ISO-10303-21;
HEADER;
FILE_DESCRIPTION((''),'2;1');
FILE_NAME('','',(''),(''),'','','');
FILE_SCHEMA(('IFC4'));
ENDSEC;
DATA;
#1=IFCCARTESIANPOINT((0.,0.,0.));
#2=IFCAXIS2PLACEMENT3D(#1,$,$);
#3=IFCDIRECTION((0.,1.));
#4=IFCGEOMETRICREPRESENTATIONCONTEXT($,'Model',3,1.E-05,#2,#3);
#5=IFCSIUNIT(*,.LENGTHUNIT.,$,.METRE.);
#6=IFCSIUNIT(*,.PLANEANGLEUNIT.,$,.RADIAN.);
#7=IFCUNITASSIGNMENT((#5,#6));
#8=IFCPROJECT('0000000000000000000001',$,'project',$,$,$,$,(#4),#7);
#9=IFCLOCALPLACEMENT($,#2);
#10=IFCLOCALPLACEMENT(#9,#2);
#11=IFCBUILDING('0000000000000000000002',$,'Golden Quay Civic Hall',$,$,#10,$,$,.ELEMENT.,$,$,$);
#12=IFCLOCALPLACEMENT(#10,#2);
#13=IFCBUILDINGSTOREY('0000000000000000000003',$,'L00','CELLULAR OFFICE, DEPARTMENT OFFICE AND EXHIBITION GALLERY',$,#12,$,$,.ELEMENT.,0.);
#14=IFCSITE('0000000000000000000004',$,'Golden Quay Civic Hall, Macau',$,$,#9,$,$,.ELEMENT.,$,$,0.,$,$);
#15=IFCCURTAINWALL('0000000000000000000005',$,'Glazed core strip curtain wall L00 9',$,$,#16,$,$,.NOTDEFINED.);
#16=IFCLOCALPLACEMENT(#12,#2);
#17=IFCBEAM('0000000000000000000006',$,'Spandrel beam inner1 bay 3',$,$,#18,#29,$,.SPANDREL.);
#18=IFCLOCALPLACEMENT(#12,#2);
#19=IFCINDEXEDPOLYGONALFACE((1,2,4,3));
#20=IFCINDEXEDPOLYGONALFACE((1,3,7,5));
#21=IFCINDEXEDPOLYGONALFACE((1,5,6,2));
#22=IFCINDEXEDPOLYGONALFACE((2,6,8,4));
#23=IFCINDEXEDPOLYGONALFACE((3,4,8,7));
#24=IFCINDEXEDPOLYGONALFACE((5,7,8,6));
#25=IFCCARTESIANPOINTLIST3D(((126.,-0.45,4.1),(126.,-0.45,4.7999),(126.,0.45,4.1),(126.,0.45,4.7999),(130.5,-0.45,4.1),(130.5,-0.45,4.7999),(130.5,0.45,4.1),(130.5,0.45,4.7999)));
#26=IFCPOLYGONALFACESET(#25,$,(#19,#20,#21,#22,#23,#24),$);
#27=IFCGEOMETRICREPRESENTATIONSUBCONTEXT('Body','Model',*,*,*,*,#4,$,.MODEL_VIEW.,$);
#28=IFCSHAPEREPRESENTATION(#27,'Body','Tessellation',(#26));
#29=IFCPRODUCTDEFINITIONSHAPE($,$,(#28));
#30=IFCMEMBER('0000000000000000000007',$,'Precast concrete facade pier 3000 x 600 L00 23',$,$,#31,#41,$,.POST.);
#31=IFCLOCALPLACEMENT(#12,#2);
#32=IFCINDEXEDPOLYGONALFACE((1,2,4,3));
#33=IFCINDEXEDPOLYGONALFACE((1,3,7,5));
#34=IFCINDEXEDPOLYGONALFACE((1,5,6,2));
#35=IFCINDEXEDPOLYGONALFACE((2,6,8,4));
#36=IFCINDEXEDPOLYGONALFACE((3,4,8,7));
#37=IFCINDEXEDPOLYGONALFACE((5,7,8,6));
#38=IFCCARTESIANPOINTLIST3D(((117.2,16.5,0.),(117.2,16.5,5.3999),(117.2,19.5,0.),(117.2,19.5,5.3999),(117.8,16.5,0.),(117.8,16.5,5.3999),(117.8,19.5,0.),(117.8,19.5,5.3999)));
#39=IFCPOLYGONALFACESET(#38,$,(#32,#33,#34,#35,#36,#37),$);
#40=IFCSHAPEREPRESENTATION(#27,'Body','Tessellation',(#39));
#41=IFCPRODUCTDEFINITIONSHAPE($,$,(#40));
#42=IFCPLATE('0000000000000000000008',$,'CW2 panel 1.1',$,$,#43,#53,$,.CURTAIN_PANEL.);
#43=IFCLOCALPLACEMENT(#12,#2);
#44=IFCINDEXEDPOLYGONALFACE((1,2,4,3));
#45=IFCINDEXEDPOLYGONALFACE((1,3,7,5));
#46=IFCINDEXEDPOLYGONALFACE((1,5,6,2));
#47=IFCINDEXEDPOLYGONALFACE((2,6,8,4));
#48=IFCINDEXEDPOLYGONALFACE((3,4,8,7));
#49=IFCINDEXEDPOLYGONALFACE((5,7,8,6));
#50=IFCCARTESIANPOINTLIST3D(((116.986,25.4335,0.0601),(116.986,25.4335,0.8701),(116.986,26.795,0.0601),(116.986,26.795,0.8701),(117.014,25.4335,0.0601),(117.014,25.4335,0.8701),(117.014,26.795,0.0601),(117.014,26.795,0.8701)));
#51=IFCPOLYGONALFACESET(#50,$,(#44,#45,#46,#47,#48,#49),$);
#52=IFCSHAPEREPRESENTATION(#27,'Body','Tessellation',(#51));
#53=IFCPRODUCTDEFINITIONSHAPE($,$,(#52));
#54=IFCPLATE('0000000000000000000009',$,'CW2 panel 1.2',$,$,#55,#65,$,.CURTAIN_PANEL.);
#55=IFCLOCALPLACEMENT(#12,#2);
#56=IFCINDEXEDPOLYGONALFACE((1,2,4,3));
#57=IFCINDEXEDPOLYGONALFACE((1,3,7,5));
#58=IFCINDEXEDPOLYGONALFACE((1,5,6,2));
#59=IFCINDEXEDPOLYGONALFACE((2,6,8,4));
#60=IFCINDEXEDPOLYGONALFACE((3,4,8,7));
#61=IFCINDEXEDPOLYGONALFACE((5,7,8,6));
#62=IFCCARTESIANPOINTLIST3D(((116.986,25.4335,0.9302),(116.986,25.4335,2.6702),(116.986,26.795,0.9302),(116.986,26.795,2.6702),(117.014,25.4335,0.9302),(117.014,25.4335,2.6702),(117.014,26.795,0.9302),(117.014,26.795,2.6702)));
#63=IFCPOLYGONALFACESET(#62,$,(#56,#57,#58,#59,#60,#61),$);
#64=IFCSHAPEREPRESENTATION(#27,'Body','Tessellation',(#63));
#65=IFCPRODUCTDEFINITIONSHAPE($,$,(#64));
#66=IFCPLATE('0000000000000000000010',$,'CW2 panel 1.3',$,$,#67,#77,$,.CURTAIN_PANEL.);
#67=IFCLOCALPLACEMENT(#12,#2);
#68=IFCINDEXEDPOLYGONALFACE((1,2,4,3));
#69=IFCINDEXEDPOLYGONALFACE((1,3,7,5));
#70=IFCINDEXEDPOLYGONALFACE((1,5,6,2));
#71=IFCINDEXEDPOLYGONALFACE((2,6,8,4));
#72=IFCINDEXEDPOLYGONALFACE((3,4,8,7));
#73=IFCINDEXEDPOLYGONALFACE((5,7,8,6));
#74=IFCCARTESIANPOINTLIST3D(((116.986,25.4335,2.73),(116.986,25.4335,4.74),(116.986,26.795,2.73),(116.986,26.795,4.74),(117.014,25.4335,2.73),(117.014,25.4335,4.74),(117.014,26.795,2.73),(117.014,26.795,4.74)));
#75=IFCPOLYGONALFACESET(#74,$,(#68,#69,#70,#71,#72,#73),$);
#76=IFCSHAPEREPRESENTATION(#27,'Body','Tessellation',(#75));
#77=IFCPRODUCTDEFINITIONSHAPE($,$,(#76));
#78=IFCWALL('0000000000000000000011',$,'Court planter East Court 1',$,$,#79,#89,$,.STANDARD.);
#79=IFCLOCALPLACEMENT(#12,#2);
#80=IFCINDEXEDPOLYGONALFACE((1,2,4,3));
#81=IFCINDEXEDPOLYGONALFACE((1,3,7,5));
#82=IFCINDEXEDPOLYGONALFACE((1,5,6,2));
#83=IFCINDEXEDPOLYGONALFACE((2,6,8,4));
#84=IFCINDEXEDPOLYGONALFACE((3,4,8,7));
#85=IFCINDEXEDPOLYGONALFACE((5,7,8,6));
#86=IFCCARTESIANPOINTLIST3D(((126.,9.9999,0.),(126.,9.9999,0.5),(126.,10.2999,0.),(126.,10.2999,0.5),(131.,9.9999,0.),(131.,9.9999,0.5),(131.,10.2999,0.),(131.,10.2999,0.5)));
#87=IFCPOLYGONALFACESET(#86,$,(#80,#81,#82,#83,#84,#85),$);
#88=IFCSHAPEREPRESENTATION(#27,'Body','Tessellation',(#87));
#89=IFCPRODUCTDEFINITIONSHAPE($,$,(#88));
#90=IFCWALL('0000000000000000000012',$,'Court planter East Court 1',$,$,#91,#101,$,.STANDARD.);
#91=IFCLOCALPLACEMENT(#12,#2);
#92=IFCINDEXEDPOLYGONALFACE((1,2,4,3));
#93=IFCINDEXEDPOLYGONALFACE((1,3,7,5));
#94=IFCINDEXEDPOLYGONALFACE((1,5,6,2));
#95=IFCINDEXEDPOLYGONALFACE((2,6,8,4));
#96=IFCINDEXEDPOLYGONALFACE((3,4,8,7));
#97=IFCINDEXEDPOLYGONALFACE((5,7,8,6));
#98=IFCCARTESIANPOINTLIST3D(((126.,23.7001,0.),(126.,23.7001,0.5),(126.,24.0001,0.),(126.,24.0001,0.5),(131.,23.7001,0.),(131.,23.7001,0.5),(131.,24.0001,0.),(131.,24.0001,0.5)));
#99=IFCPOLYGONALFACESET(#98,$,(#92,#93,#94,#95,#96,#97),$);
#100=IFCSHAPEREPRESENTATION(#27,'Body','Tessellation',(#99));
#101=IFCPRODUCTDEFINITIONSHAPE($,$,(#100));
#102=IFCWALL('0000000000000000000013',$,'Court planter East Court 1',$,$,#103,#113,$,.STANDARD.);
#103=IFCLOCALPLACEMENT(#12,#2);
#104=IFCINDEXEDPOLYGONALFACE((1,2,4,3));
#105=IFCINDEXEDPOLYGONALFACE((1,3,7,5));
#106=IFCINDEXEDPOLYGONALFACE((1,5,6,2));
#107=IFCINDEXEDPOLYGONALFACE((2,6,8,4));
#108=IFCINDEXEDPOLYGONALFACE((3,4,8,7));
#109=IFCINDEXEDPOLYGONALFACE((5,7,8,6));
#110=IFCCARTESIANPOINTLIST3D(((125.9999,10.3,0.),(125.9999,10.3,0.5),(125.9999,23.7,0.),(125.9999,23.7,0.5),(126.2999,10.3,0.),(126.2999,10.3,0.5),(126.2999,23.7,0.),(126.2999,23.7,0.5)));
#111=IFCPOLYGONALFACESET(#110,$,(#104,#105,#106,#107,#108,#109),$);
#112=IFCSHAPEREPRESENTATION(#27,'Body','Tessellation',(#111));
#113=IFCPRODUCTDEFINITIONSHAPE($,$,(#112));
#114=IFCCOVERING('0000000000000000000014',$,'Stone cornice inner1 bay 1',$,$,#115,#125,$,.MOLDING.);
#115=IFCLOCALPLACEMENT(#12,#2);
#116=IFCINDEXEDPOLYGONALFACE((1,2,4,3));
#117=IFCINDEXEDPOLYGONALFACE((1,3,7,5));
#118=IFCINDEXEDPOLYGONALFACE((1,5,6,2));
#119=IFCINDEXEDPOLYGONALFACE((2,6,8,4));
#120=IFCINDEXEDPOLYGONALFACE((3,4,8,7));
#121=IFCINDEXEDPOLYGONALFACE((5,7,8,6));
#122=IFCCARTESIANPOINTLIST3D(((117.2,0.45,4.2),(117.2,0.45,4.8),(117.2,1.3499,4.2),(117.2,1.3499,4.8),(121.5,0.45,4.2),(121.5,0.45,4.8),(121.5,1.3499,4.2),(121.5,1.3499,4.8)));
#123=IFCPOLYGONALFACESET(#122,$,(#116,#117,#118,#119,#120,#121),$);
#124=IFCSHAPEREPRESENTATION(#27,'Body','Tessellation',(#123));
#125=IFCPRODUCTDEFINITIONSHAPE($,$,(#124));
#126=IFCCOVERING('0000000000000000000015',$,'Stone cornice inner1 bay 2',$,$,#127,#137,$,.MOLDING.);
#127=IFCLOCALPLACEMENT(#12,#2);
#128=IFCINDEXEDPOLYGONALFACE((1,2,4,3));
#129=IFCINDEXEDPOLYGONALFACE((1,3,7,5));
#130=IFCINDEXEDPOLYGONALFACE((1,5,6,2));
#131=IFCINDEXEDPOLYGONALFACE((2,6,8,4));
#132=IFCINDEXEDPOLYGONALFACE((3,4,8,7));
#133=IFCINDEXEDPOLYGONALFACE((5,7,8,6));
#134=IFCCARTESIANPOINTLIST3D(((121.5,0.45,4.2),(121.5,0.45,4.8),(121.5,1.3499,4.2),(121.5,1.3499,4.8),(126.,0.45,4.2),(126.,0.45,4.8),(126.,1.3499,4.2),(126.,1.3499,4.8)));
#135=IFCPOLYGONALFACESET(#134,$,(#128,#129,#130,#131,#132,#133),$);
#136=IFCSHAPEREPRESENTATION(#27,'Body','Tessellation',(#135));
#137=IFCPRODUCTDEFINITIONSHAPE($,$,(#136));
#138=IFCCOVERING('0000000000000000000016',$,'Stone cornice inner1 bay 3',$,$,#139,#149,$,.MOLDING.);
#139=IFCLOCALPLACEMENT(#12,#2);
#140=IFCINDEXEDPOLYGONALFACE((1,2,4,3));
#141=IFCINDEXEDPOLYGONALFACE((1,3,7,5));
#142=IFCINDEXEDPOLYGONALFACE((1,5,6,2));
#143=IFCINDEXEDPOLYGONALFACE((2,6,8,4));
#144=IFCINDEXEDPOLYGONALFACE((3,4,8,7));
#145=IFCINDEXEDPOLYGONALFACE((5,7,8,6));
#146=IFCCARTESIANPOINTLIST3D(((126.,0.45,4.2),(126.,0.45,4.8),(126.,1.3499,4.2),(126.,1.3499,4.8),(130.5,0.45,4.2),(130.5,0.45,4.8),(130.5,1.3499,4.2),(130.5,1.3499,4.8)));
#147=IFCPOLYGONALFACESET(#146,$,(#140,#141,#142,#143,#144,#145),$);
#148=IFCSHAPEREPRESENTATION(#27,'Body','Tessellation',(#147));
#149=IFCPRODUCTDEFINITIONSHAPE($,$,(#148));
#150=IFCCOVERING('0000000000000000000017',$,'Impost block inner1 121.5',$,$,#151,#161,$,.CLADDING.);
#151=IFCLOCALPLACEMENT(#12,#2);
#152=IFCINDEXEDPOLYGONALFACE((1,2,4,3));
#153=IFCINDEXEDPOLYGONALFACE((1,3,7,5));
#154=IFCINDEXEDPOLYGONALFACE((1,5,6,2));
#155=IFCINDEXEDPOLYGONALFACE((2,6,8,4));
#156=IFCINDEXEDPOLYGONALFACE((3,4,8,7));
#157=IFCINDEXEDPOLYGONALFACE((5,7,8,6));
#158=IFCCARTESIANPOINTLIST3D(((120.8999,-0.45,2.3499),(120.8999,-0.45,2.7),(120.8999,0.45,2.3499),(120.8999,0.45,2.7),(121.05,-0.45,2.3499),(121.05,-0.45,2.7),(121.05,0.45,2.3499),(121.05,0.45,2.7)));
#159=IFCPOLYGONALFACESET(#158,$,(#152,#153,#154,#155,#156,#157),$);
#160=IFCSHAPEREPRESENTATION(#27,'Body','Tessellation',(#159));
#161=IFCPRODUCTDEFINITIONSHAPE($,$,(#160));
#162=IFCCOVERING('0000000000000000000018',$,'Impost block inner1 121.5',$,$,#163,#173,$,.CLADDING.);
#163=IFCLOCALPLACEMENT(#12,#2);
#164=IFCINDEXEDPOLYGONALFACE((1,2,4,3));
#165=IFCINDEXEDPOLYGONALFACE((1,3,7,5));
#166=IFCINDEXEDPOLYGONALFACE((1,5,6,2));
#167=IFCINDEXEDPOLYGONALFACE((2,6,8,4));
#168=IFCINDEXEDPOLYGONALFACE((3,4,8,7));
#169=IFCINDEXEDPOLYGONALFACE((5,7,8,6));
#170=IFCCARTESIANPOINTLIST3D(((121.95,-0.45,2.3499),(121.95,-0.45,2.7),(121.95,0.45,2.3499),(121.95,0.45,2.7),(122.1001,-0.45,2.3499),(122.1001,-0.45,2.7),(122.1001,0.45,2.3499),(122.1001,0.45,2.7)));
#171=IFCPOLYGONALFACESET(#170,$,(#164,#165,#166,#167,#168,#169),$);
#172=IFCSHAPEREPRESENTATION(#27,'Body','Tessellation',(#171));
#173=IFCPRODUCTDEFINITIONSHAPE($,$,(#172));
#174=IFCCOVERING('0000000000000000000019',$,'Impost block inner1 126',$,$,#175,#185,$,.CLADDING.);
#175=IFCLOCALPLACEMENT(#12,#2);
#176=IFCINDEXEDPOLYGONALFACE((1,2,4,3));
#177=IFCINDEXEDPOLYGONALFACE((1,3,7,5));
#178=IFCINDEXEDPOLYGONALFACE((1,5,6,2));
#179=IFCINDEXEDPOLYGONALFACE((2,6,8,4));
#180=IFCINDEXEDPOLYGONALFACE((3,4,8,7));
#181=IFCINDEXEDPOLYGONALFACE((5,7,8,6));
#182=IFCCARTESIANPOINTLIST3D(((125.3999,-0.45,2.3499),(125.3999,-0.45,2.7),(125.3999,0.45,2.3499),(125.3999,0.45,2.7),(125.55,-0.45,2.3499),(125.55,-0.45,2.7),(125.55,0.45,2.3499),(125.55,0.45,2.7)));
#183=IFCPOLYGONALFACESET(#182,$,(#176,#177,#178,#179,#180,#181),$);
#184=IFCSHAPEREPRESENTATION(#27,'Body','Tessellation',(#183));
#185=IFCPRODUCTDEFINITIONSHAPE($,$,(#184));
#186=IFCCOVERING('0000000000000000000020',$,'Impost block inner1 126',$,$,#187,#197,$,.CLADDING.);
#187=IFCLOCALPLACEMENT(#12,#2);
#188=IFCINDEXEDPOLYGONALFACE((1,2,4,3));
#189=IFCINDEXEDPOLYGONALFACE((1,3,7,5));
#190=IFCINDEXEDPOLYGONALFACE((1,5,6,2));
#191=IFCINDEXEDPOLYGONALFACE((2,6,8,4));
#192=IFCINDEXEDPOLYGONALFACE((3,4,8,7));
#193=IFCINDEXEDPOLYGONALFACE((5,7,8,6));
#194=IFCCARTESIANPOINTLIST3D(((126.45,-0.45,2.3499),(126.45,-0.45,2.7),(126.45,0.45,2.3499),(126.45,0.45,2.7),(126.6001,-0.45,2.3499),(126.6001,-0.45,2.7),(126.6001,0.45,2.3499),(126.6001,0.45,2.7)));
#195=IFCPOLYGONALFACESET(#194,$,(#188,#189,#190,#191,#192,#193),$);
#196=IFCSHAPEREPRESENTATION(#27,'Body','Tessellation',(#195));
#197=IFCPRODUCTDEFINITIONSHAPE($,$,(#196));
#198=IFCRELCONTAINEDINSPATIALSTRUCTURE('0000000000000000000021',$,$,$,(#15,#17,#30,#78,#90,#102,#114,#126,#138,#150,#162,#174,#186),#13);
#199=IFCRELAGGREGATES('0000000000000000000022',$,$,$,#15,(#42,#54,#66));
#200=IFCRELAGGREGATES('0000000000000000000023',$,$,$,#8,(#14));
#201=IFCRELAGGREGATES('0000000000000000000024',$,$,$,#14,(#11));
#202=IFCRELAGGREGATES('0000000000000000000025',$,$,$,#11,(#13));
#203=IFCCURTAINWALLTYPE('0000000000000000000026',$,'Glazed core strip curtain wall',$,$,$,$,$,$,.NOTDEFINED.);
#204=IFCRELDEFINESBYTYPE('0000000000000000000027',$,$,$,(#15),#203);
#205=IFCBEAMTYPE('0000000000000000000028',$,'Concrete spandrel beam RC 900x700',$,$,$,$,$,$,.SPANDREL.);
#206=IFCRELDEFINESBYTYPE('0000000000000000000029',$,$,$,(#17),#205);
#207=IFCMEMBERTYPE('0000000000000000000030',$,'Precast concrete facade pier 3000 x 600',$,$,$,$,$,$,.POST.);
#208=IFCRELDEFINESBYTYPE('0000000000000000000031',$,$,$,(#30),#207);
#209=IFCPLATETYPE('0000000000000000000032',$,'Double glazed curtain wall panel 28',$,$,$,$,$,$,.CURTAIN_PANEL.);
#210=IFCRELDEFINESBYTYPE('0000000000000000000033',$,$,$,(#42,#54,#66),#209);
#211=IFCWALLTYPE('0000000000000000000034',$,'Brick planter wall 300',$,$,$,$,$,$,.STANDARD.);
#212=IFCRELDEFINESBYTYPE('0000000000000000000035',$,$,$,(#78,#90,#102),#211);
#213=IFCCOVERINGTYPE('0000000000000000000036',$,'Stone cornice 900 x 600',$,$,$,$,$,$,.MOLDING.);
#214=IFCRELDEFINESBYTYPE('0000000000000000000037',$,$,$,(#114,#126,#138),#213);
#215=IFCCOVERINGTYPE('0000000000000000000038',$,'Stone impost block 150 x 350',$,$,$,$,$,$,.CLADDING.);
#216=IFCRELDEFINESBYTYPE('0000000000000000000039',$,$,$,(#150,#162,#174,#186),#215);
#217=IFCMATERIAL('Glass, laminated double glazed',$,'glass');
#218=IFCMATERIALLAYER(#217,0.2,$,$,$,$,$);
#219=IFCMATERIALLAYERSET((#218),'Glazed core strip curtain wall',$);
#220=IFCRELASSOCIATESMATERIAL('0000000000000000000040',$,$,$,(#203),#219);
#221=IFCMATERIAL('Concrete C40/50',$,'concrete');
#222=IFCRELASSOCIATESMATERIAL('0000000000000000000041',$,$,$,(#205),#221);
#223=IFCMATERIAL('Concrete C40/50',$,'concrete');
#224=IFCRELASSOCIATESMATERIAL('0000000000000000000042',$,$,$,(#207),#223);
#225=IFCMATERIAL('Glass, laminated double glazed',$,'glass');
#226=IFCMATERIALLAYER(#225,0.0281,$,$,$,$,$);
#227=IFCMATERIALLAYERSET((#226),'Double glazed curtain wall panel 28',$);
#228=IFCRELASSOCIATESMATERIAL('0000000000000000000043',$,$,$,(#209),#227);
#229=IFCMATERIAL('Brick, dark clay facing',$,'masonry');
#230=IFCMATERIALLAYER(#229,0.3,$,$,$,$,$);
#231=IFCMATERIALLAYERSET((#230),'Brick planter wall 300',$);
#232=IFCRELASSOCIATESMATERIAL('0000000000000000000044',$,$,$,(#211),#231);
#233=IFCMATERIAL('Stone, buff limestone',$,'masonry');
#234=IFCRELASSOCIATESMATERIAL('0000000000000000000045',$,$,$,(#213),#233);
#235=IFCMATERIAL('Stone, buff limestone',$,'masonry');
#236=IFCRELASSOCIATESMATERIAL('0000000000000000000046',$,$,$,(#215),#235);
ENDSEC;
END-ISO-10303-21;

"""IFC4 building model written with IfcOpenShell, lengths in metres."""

from ifc_helpers import new_model, si_unit, direction, frame, frame_2d, origin, origin_2d, place, context, subcontext, project, spatial, rectangle, extrude, material, layer, layer_set, material_profile, profile_set, type_object, element, aggregate, save


model = new_model("IFC4")

# Units and contexts
model_context = context("Model", 3, precision=1e-05, world=origin(), true_north=direction((0.0, 1.0)))
body_context = subcontext(model_context, "Body", "Model", "MODEL_VIEW")
ifc_project = project(units=[si_unit("LENGTHUNIT", "METRE"), si_unit("PLANEANGLEUNIT", "RADIAN")], contexts=[model_context])

# Site, building, storey
site_placement = place(None, origin())
site = spatial("IfcSite", under=ifc_project, at=site_placement, Name="Golden Quay Civic Hall, Macau", CompositionType="ELEMENT", RefElevation=0.0)
building_placement = place(site_placement, origin())
building = spatial("IfcBuilding", under=site, at=building_placement, Name="Golden Quay Civic Hall", CompositionType="ELEMENT")
storey_placement = place(building_placement, origin())
storey = spatial("IfcBuildingStorey", under=building, at=storey_placement, Name="L00", Description="CELLULAR OFFICE, DEPARTMENT OFFICE AND EXHIBITION GALLERY", CompositionType="ELEMENT", Elevation=0.0)

# Curtain wall
ifc_material_1 = material(Name="Glass, laminated double glazed", Category="glass")
ifc_layer_1 = layer(ifc_material_1, 0.2)
ifc_layer_set_1 = layer_set([ifc_layer_1], Name="Glazed core strip curtain wall")
curtain_wall_type = type_object("IfcCurtainWallType", Name="Glazed core strip curtain wall", PredefinedType="NOTDEFINED", material=ifc_layer_set_1)
curtain_wall_placement = place(storey_placement, origin())
curtain_wall = element("IfcCurtainWall", 1, at=curtain_wall_placement, inside=storey, type_object=curtain_wall_type, Name="Glazed core strip curtain wall L00 9", PredefinedType="NOTDEFINED")

# Beam
ifc_material_2 = material(Name="Concrete C40/50", Category="concrete")
ifc_material_profile_1 = material_profile(ifc_material_2, rectangle(XDim=0.8999, YDim=0.7, at=origin_2d()), Name="RC 900x700")
ifc_profile_set_1 = profile_set([ifc_material_profile_1], Name="Concrete C40/50")
beam_type = type_object("IfcBeamType", Name="Concrete spandrel beam RC 900x700", PredefinedType="SPANDREL", material=ifc_profile_set_1)
for number, where, z_axis, x_axis, name in (
    (2, (126.0, 0.0, 4.45), (1.0, 0.0, 0.0), (0.0, 1.0, 0.0), "Spandrel beam inner1 bay 3"),
):
    element("IfcBeam", number, at=place(storey_placement, frame(where, z_axis=z_axis, x_axis=x_axis)), inside=storey, type_object=beam_type, Name=name, PredefinedType="SPANDREL", context=body_context, shape_type="SweptSolid", body=[
        extrude(rectangle(XDim=0.8999, YDim=0.7, at=origin_2d()), origin(), (0.0, 0.0, 1.0), 4.5),
    ])

# Member
ifc_material_3 = material(Name="Concrete C40/50", Category="concrete")
ifc_material_profile_2 = material_profile(ifc_material_3, rectangle(XDim=3.0, YDim=0.6001, at=origin_2d()), Name="RC 3000x600")
ifc_profile_set_2 = profile_set([ifc_material_profile_2], Name="Concrete C40/50")
member_type_1 = type_object("IfcMemberType", Name="Precast concrete facade pier 3000 x 600", PredefinedType="POST", material=ifc_profile_set_2)
member_1_placement = place(storey_placement, frame((117.5, 18.0, 0.0), z_axis=(0.0, 0.0, 1.0), x_axis=(0.0, 1.0, 0.0)))
element("IfcMember", 3, at=member_1_placement, inside=storey, type_object=member_type_1, Name="Precast concrete facade pier 3000 x 600 L00 23", PredefinedType="POST", context=body_context, shape_type="SweptSolid", body=[
    extrude(rectangle(XDim=3.0, YDim=0.6001, at=origin_2d()), origin(), (0.0, 0.0, 1.0), 5.3999),
])

# Plates
ifc_material_4 = material(Name="Glass, laminated double glazed", Category="glass")
ifc_layer_2 = layer(ifc_material_4, 0.0281)
ifc_layer_set_2 = layer_set([ifc_layer_2], Name="Double glazed curtain wall panel 28")
plate_type = type_object("IfcPlateType", Name="Double glazed curtain wall panel 28", PredefinedType="CURTAIN_PANEL", material=ifc_layer_set_2)
plate_1_placement = place(storey_placement, frame((117.0, 26.1143, 0.0601), z_axis=(0.0, 0.0, 1.0), x_axis=(0.0, -1.0, 0.0)))
plate_1 = element("IfcPlate", 4, at=plate_1_placement, type_object=plate_type, Name="CW2 panel 1.1", PredefinedType="CURTAIN_PANEL", context=body_context, shape_type="SweptSolid", body=[
    extrude(rectangle(XDim=1.3616, YDim=0.0281, at=origin_2d()), origin(), (0.0, 0.0, 1.0), 0.8101),
])
plate_2_placement = place(storey_placement, frame((117.0, 26.1143, 0.9302), z_axis=(0.0, 0.0, 1.0), x_axis=(0.0, -1.0, 0.0)))
plate_2 = element("IfcPlate", 5, at=plate_2_placement, type_object=plate_type, Name="CW2 panel 1.2", PredefinedType="CURTAIN_PANEL", context=body_context, shape_type="SweptSolid", body=[
    extrude(rectangle(XDim=1.3616, YDim=0.0281, at=origin_2d()), origin(), (0.0, 0.0, 1.0), 1.74),
])
plate_3_placement = place(storey_placement, frame((117.0, 26.1143, 2.73), z_axis=(0.0, 0.0, 1.0), x_axis=(0.0, -1.0, 0.0)))
plate_3 = element("IfcPlate", 6, at=plate_3_placement, type_object=plate_type, Name="CW2 panel 1.3", PredefinedType="CURTAIN_PANEL", context=body_context, shape_type="SweptSolid", body=[
    extrude(rectangle(XDim=1.3616, YDim=0.0281, at=origin_2d()), origin(), (0.0, 0.0, 1.0), 2.01),
])
aggregate(curtain_wall, [plate_1, plate_2, plate_3])

# Walls
ifc_material_5 = material(Name="Brick, dark clay facing", Category="masonry")
ifc_layer_3 = layer(ifc_material_5, 0.3)
ifc_layer_set_3 = layer_set([ifc_layer_3], Name="Brick planter wall 300")
wall_type = type_object("IfcWallType", Name="Brick planter wall 300", PredefinedType="STANDARD", material=ifc_layer_set_3)
for number, where, z_axis, x_axis, name in (
    (7, (126.0, 10.1499, 0.0), (0.0, 0.0, 1.0), (1.0, 0.0, 0.0), "Court planter East Court 1"),
    (8, (126.0, 23.8501, 0.0), (0.0, 0.0, 1.0), (1.0, 0.0, 0.0), "Court planter East Court 1"),
):
    element("IfcWall", number, at=place(storey_placement, frame(where, z_axis=z_axis, x_axis=x_axis)), inside=storey, type_object=wall_type, Name=name, PredefinedType="STANDARD", context=body_context, shape_type="SweptSolid", body=[
        extrude(rectangle(XDim=5.0, YDim=0.3, at=frame_2d((2.5, 0.0))), origin(), (0.0, 0.0, 1.0), 0.5),
    ])
wall_placement = place(storey_placement, frame((126.1499, 10.3, 0.0), z_axis=(0.0, 0.0, 1.0), x_axis=(0.0, 1.0, 0.0)))
element("IfcWall", 9, at=wall_placement, inside=storey, type_object=wall_type, Name="Court planter East Court 1", PredefinedType="STANDARD", context=body_context, shape_type="SweptSolid", body=[
    extrude(rectangle(XDim=13.3999, YDim=0.3, at=frame_2d((6.7, 0.0))), origin(), (0.0, 0.0, 1.0), 0.5),
])

# Coverings
ifc_material_6 = material(Name="Stone, buff limestone", Category="masonry")
ifc_material_profile_3 = material_profile(ifc_material_6, rectangle(XDim=0.8999, YDim=0.6001, at=origin_2d()), Name="RC 900x600")
ifc_profile_set_3 = profile_set([ifc_material_profile_3], Name="Stone, buff limestone")
covering_type_1 = type_object("IfcCoveringType", Name="Stone cornice 900 x 600", PredefinedType="MOLDING", material=ifc_profile_set_3)
covering_placement = place(storey_placement, frame((117.2, 0.8999, 4.5), z_axis=(1.0, 0.0, 0.0), x_axis=(0.0, 1.0, 0.0)))
element("IfcCovering", 10, at=covering_placement, inside=storey, type_object=covering_type_1, Name="Stone cornice inner1 bay 1", PredefinedType="MOLDING", context=body_context, shape_type="SweptSolid", body=[
    extrude(rectangle(XDim=0.8999, YDim=0.6001, at=origin_2d()), origin(), (0.0, 0.0, 1.0), 4.3),
])
for number, where, z_axis, x_axis, name in (
    (11, (121.5, 0.8999, 4.5), (1.0, 0.0, 0.0), (0.0, 1.0, 0.0), "Stone cornice inner1 bay 2"),
    (12, (126.0, 0.8999, 4.5), (1.0, 0.0, 0.0), (0.0, 1.0, 0.0), "Stone cornice inner1 bay 3"),
):
    element("IfcCovering", number, at=place(storey_placement, frame(where, z_axis=z_axis, x_axis=x_axis)), inside=storey, type_object=covering_type_1, Name=name, PredefinedType="MOLDING", context=body_context, shape_type="SweptSolid", body=[
        extrude(rectangle(XDim=0.8999, YDim=0.6001, at=origin_2d()), origin(), (0.0, 0.0, 1.0), 4.5),
    ])
ifc_material_7 = material(Name="Stone, buff limestone", Category="masonry")
ifc_material_profile_4 = material_profile(ifc_material_7, rectangle(XDim=0.8999, YDim=0.3501, at=origin_2d()), Name="RC 900x350")
ifc_profile_set_4 = profile_set([ifc_material_profile_4], Name="Stone, buff limestone")
covering_type_2 = type_object("IfcCoveringType", Name="Stone impost block 150 x 350", PredefinedType="CLADDING", material=ifc_profile_set_4)
for number, where, z_axis, x_axis, name in (
    (13, (121.05, 0.0, 2.5249), (-1.0, 0.0, 0.0), (0.0, -1.0, 0.0), "Impost block inner1 121.5"),
    (14, (121.95, 0.0, 2.5249), (1.0, 0.0, 0.0), (0.0, 1.0, 0.0), "Impost block inner1 121.5"),
    (15, (125.55, 0.0, 2.5249), (-1.0, 0.0, 0.0), (0.0, -1.0, 0.0), "Impost block inner1 126"),
    (16, (126.45, 0.0, 2.5249), (1.0, 0.0, 0.0), (0.0, 1.0, 0.0), "Impost block inner1 126"),
):
    element("IfcCovering", number, at=place(storey_placement, frame(where, z_axis=z_axis, x_axis=x_axis)), inside=storey, type_object=covering_type_2, Name=name, PredefinedType="CLADDING", context=body_context, shape_type="SweptSolid", body=[
        extrude(rectangle(XDim=0.8999, YDim=0.3501, at=origin_2d()), origin(), (0.0, 0.0, 1.0), 0.1501),
    ])

save(model, "model.ifc")
